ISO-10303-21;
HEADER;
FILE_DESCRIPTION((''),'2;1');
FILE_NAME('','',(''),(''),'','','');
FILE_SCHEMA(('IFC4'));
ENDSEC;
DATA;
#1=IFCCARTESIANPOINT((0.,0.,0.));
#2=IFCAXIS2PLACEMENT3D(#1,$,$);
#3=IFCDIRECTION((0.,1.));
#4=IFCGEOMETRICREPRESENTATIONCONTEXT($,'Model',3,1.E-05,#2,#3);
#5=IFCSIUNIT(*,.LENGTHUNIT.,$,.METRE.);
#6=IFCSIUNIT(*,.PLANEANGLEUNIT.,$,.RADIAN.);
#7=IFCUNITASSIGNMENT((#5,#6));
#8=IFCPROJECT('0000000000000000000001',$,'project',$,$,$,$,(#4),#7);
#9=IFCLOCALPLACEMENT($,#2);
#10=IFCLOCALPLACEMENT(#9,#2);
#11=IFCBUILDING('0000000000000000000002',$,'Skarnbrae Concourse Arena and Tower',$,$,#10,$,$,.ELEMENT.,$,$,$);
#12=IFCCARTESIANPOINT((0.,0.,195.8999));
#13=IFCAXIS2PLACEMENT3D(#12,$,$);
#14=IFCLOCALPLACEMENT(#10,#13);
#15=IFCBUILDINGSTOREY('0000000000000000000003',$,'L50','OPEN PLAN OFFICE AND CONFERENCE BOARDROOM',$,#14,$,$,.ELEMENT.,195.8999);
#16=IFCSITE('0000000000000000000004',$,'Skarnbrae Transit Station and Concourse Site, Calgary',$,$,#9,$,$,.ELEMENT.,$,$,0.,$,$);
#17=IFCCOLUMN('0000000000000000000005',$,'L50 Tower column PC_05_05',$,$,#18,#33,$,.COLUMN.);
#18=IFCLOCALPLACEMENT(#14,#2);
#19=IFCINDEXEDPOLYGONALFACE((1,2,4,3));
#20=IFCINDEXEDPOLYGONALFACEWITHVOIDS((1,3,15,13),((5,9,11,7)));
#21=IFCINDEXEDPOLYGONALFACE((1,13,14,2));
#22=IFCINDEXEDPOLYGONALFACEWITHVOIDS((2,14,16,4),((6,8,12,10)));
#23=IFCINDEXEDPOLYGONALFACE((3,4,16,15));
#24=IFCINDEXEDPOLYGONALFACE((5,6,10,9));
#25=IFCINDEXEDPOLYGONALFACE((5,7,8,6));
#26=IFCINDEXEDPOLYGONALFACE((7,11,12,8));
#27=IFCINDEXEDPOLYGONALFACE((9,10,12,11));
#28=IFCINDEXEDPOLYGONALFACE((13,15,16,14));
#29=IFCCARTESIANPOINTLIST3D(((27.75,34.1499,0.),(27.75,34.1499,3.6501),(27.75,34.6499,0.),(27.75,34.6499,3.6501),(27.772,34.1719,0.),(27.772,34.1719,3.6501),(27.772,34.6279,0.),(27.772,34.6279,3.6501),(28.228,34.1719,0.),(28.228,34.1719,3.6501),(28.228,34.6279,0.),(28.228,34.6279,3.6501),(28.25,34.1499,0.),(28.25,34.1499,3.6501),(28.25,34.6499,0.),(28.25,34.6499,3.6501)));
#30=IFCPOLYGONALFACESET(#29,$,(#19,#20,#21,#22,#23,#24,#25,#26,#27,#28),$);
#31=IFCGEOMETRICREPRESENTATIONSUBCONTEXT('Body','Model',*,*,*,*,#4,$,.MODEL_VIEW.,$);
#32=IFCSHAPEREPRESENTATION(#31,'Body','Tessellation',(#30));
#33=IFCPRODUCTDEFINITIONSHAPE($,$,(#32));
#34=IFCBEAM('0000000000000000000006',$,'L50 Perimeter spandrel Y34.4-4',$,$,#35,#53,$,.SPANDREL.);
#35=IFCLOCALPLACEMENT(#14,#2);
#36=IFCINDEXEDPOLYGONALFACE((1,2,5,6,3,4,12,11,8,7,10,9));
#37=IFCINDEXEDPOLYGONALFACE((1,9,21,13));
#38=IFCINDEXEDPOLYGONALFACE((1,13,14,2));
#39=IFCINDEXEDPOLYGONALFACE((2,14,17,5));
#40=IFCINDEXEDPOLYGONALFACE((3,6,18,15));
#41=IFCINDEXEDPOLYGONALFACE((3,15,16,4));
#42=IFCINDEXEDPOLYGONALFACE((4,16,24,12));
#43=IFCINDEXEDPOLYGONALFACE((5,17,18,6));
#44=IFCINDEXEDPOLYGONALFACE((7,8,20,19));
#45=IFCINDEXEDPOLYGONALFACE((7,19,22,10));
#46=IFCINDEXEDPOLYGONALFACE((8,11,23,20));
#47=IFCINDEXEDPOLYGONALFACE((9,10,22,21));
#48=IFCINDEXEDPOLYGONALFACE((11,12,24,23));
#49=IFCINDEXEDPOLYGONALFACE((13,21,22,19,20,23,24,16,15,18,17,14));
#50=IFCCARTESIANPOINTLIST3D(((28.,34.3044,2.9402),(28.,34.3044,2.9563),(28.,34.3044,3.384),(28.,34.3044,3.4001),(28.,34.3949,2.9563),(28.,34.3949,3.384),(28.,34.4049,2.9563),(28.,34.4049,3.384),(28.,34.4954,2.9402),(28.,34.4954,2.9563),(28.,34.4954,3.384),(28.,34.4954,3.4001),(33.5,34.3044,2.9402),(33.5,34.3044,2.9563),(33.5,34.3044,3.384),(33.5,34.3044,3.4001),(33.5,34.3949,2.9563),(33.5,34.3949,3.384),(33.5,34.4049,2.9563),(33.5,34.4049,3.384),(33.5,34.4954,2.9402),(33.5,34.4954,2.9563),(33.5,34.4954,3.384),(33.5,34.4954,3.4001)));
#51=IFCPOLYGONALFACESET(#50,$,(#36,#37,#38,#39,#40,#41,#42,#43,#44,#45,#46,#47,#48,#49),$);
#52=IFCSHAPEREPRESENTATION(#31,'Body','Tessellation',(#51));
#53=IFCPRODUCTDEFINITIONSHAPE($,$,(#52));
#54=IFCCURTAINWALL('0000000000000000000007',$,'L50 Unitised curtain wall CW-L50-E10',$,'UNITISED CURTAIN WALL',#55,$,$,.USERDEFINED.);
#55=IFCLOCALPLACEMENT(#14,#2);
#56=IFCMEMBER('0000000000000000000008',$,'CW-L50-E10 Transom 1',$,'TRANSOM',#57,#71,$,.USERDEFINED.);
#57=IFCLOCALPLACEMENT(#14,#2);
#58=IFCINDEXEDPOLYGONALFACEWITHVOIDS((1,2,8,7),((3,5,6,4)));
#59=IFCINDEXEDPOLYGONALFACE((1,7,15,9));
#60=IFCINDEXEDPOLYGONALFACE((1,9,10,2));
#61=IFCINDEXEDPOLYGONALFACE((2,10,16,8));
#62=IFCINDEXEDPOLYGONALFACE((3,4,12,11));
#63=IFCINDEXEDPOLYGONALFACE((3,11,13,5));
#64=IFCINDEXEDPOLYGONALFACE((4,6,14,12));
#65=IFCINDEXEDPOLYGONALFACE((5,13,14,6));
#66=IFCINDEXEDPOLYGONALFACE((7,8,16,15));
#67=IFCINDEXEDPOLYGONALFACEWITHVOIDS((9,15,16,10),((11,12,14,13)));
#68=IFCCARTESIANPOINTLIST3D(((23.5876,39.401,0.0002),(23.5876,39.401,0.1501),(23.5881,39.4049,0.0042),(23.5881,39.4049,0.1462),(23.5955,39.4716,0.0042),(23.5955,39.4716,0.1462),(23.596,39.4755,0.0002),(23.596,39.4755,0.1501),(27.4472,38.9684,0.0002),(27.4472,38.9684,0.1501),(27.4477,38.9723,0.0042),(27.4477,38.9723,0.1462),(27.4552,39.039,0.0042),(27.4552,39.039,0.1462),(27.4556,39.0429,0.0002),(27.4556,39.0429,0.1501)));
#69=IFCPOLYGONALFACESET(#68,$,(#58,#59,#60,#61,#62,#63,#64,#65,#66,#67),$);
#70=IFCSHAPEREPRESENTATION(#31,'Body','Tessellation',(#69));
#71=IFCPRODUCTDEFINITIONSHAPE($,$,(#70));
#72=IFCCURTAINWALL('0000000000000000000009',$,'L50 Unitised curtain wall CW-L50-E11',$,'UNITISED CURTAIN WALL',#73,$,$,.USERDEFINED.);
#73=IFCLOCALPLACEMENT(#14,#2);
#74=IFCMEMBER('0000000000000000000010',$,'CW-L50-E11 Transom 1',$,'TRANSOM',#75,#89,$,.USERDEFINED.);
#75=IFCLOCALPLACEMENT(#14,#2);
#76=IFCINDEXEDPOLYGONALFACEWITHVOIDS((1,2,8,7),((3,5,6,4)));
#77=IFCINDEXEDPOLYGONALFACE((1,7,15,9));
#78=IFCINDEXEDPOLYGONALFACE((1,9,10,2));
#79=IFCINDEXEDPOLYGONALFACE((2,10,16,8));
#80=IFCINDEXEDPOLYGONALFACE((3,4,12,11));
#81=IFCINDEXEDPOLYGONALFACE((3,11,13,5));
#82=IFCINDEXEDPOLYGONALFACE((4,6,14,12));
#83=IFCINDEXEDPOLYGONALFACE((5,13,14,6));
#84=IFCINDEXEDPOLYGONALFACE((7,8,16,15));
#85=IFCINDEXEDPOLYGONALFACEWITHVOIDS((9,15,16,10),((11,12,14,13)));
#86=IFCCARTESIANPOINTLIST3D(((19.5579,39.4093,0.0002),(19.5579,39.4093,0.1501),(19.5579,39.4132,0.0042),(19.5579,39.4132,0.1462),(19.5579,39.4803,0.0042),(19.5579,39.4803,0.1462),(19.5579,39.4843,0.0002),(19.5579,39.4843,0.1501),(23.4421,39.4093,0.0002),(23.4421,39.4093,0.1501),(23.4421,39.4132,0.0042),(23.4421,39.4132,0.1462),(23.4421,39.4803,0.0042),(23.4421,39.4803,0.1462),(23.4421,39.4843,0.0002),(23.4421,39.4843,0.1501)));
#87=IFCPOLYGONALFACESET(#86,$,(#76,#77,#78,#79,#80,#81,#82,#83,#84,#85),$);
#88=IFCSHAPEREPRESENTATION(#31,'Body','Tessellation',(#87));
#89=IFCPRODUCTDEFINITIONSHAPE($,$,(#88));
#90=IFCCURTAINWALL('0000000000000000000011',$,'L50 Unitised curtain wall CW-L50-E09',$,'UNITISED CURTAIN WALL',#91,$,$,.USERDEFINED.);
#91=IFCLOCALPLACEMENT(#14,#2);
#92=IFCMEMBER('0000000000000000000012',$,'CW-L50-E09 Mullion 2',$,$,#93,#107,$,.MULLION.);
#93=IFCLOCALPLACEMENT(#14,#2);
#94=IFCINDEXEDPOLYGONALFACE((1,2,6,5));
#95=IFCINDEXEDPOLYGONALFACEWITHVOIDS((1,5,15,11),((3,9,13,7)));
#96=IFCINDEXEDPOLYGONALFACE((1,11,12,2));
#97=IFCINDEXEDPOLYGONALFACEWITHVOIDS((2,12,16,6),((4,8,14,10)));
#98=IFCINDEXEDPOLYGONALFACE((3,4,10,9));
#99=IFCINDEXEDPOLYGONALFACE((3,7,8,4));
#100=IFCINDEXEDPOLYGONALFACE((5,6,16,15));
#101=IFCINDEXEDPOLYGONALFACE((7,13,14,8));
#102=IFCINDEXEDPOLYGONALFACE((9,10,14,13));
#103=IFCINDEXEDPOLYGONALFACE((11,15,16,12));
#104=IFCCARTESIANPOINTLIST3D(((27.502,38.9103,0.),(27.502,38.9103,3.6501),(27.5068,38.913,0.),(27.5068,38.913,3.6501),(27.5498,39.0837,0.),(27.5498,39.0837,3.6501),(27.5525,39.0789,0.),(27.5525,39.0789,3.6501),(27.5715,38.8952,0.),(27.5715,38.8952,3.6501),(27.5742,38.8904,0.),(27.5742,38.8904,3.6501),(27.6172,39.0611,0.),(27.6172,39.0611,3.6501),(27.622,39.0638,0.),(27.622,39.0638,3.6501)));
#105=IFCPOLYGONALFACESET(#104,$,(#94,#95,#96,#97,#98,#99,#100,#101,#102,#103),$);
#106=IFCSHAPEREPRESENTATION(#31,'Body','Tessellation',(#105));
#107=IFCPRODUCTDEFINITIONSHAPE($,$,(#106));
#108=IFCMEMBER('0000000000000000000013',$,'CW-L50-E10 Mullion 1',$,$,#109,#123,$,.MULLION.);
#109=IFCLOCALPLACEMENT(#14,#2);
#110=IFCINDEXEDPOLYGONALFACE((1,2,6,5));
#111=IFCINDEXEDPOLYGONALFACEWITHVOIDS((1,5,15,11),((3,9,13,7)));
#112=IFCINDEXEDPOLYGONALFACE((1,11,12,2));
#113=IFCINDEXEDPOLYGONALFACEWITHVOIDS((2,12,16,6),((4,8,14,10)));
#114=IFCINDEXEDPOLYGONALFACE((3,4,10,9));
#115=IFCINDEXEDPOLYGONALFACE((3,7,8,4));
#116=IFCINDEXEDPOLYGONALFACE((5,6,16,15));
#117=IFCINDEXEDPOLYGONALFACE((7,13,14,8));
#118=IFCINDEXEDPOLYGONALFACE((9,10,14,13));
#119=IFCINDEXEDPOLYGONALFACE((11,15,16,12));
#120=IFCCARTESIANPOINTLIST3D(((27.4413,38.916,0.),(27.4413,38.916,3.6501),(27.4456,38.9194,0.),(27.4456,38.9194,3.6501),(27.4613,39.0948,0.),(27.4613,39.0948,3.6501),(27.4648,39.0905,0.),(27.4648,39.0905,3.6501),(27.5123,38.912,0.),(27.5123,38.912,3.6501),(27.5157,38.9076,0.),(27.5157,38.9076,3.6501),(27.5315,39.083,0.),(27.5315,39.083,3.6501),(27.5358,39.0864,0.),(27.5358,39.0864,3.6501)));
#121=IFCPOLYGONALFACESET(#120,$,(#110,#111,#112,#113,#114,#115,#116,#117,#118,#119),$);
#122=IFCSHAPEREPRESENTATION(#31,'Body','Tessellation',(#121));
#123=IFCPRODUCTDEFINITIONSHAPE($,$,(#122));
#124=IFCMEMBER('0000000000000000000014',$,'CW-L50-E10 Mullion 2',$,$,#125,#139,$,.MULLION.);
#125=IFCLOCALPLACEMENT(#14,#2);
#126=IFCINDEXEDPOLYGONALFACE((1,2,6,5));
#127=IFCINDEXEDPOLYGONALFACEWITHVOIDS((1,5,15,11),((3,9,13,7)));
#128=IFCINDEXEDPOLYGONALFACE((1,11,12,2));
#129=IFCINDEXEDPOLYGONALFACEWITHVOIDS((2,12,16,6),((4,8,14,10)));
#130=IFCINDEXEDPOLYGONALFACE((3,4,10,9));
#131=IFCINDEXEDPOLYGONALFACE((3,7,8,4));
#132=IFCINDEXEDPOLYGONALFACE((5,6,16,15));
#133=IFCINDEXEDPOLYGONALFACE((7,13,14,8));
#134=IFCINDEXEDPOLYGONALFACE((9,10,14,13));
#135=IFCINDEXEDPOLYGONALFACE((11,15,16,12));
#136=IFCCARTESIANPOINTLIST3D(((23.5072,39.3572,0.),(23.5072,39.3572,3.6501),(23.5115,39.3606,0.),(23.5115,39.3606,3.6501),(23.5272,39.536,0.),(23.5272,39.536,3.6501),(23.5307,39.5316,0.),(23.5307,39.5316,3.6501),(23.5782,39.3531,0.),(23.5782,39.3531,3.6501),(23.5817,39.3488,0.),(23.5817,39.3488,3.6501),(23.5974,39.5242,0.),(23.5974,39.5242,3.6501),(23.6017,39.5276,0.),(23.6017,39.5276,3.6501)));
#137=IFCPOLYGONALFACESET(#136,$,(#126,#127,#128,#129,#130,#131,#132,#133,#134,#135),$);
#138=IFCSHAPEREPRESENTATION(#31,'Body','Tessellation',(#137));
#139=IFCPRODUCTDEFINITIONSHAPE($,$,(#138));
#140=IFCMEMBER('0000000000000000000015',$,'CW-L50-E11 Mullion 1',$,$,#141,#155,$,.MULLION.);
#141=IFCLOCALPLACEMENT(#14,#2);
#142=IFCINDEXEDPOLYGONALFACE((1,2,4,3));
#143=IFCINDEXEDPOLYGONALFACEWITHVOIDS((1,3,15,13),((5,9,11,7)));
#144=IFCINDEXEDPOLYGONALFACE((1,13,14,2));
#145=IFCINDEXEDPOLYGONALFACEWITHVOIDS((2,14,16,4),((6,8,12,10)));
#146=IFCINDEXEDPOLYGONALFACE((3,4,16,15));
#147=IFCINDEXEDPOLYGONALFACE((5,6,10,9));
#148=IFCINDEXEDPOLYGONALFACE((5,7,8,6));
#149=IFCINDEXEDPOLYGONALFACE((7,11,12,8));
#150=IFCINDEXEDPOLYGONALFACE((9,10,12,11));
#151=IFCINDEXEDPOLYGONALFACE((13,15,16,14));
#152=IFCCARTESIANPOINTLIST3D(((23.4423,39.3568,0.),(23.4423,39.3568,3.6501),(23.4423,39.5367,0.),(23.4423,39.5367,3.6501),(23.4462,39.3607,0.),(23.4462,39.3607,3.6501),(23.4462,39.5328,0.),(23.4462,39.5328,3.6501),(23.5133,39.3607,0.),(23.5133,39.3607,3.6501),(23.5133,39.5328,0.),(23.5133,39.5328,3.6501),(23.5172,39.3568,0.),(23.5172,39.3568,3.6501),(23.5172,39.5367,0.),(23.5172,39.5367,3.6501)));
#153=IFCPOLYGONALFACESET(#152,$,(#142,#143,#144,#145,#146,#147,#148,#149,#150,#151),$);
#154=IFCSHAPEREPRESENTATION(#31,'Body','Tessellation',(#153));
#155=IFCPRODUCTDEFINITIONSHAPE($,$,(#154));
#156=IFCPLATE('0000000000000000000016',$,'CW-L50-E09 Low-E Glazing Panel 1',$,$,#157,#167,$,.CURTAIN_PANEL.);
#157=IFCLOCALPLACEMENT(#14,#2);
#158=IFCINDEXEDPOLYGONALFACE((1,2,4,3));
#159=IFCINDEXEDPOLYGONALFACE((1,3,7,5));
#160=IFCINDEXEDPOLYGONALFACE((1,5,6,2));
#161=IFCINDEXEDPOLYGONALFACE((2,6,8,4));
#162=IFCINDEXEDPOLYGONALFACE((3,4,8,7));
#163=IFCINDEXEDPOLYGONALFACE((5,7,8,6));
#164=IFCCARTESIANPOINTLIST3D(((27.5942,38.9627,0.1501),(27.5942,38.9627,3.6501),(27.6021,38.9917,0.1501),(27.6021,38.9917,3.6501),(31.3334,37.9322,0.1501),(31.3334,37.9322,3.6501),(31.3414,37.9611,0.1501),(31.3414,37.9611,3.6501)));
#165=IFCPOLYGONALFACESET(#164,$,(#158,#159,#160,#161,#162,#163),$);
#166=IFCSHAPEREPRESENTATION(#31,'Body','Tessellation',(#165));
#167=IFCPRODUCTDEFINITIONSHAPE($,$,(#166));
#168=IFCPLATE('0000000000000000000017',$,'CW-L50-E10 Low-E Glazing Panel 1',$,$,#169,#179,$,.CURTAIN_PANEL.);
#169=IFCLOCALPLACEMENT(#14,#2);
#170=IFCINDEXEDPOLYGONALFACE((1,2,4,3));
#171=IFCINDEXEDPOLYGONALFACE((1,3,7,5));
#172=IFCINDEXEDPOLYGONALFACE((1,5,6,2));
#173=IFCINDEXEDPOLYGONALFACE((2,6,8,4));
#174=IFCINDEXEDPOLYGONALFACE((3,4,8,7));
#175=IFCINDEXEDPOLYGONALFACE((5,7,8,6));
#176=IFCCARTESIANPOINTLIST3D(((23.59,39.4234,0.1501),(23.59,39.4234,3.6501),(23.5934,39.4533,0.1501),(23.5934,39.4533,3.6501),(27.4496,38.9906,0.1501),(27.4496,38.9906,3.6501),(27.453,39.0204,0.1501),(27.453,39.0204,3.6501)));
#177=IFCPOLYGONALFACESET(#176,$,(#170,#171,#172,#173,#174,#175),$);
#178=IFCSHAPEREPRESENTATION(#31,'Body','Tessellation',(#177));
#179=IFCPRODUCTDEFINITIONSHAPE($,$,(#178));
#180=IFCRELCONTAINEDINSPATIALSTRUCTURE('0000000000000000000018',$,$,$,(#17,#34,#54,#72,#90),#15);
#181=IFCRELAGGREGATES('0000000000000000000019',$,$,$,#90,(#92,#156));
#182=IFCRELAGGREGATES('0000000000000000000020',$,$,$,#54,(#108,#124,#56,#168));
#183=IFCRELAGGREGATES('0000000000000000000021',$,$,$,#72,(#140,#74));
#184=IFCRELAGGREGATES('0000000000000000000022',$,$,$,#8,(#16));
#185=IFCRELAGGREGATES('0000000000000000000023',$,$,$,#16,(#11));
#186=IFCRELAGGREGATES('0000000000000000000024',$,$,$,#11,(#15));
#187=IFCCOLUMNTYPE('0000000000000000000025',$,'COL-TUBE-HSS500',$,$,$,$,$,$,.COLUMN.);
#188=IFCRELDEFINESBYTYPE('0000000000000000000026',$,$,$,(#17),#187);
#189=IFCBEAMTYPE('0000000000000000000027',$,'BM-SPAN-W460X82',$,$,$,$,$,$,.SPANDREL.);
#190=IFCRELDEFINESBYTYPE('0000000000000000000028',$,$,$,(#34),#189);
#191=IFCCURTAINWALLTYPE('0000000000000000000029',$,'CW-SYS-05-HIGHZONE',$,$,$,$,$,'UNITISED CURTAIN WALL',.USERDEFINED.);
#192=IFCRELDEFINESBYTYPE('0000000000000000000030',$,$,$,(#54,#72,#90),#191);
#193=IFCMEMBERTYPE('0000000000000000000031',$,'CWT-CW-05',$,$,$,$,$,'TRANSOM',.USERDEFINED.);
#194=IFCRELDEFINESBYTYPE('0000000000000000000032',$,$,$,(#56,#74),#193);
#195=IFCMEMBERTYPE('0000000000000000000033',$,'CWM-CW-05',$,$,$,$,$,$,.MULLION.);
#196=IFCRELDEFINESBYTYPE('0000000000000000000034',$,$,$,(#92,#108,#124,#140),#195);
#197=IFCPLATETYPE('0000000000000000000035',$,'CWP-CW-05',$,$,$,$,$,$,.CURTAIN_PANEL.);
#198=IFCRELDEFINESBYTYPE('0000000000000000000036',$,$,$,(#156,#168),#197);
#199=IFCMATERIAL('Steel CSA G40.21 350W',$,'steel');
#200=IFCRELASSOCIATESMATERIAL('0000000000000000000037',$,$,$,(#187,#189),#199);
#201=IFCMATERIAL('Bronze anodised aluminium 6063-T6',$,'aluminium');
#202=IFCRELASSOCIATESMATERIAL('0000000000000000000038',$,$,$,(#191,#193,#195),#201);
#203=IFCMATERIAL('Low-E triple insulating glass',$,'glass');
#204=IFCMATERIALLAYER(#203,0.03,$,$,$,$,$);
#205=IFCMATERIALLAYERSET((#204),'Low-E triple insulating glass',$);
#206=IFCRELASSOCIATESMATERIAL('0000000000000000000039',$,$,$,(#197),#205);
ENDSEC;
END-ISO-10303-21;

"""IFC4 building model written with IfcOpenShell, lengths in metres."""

from ifc_helpers import new_model, si_unit, direction, frame, origin, origin_2d, place, context, subcontext, project, spatial, rectangle, hollow_rectangle, i_section, extrude, source, transform, mapped, material, layer, layer_set, material_profile, profile_set, type_object, element, aggregate, save


model = new_model("IFC4")

# Units and contexts
model_context = context("Model", 3, precision=1e-05, world=origin(), true_north=direction((0.0, 1.0)))
body_context = subcontext(model_context, "Body", "Model", "MODEL_VIEW")
ifc_project = project(units=[si_unit("LENGTHUNIT", "METRE"), si_unit("PLANEANGLEUNIT", "RADIAN")], contexts=[model_context])

# Site, building, storey
site_placement = place(None, origin())
site = spatial("IfcSite", under=ifc_project, at=site_placement, Name="Skarnbrae Transit Station and Concourse Site, Calgary", CompositionType="ELEMENT", RefElevation=0.0)
building_placement = place(site_placement, origin())
building = spatial("IfcBuilding", under=site, at=building_placement, Name="Skarnbrae Concourse Arena and Tower", CompositionType="ELEMENT")
storey_placement = place(building_placement, frame((0.0, 0.0, 195.8999)))
storey = spatial("IfcBuildingStorey", under=building, at=storey_placement, Name="L50", Description="OPEN PLAN OFFICE AND CONFERENCE BOARDROOM", CompositionType="ELEMENT", Elevation=195.8999)

# Column
ifc_material_1 = material(Name="Steel CSA G40.21 350W", Category="steel")
ifc_material_profile_1 = material_profile(ifc_material_1, hollow_rectangle(XDim=0.5, YDim=0.5, WallThickness=0.022, at=origin_2d()), Name="HSS500X500X22.0")
ifc_profile_set_1 = profile_set([ifc_material_profile_1], Name="Steel CSA G40.21 350W")
column_type = type_object("IfcColumnType", Name="COL-TUBE-HSS500", PredefinedType="COLUMN", material=ifc_profile_set_1)
shared_shape_1 = source(origin(), body_context, "Body", "SweptSolid", [
    extrude(hollow_rectangle(XDim=0.5, YDim=0.5, WallThickness=0.022, at=origin_2d()), origin(), (0.0, 0.0, 1.0), 3.6501),
])
column_placement = place(storey_placement, frame((28.0, 34.3999, 0.0), z_axis=(0.0, 0.0, 1.0), x_axis=(1.0, 0.0, 0.0)))
element("IfcColumn", 1, at=column_placement, inside=storey, type_object=column_type, Name="L50 Tower column PC_05_05", PredefinedType="COLUMN", context=body_context, shape_type="MappedRepresentation", body=[
    mapped(shared_shape_1, transform((0.0, 0.0, 0.0))),
])

# Beam
ifc_material_profile_2 = material_profile(ifc_material_1, i_section(OverallWidth=0.1909, OverallDepth=0.46, WebThickness=0.01, FlangeThickness=0.0161, at=origin_2d()), Name="W460X82")
ifc_profile_set_2 = profile_set([ifc_material_profile_2], Name="Steel CSA G40.21 350W")
beam_type = type_object("IfcBeamType", Name="BM-SPAN-W460X82", PredefinedType="SPANDREL", material=ifc_profile_set_2)
shared_shape_2 = source(origin(), body_context, "Body", "SweptSolid", [
    extrude(i_section(OverallWidth=0.1909, OverallDepth=0.46, WebThickness=0.01, FlangeThickness=0.0161, at=origin_2d()), origin(), (0.0, 0.0, 1.0), 5.5),
])
beam_placement = place(storey_placement, frame((28.0, 34.3999, 3.1702), z_axis=(1.0, 0.0, 0.0), x_axis=(0.0, 1.0, 0.0)))
element("IfcBeam", 2, at=beam_placement, inside=storey, type_object=beam_type, Name="L50 Perimeter spandrel Y34.4-4", PredefinedType="SPANDREL", context=body_context, shape_type="MappedRepresentation", body=[
    mapped(shared_shape_2, transform((0.0, 0.0, 0.0))),
])

# Curtain walls, members
ifc_material_2 = material(Name="Bronze anodised aluminium 6063-T6", Category="aluminium")
curtain_wall_type = type_object("IfcCurtainWallType", Name="CW-SYS-05-HIGHZONE", ElementType="UNITISED CURTAIN WALL", PredefinedType="USERDEFINED", material=ifc_material_2)
curtain_wall_1_placement = place(storey_placement, origin())
curtain_wall_1 = element("IfcCurtainWall", 3, at=curtain_wall_1_placement, inside=storey, type_object=curtain_wall_type, Name="L50 Unitised curtain wall CW-L50-E10", ObjectType="UNITISED CURTAIN WALL", PredefinedType="USERDEFINED")
ifc_material_profile_3 = material_profile(ifc_material_2, hollow_rectangle(XDim=0.075, YDim=0.1499, WallThickness=0.0039, at=origin_2d()), Name="ALU-TRAN-75X150")
ifc_profile_set_3 = profile_set([ifc_material_profile_3], Name="Bronze anodised aluminium 6063-T6")
member_type_1 = type_object("IfcMemberType", Name="CWT-CW-05", ElementType="TRANSOM", PredefinedType="USERDEFINED", material=ifc_profile_set_3)
shared_shape_3 = source(origin(), body_context, "Body", "SweptSolid", [
    extrude(hollow_rectangle(XDim=0.075, YDim=0.1499, WallThickness=0.0039, at=origin_2d()), origin(), (0.0, 0.0, 1.0), 3.8838),
])
member_1_placement = place(storey_placement, frame((27.4514, 39.0056, 0.0752), z_axis=(-0.993777, 0.11139, 0.0), x_axis=(-0.11139, -0.993777, 0.0)))
member_1 = element("IfcMember", 4, at=member_1_placement, type_object=member_type_1, Name="CW-L50-E10 Transom 1", ObjectType="TRANSOM", PredefinedType="USERDEFINED", context=body_context, shape_type="MappedRepresentation", body=[
    mapped(shared_shape_3, transform((0.0, 0.0, 0.0))),
])
curtain_wall_2_placement = place(storey_placement, origin())
curtain_wall_2 = element("IfcCurtainWall", 5, at=curtain_wall_2_placement, inside=storey, type_object=curtain_wall_type, Name="L50 Unitised curtain wall CW-L50-E11", ObjectType="UNITISED CURTAIN WALL", PredefinedType="USERDEFINED")
shared_shape_4 = source(origin(), body_context, "Body", "SweptSolid", [
    extrude(hollow_rectangle(XDim=0.075, YDim=0.1499, WallThickness=0.0039, at=origin_2d()), origin(), (0.0, 0.0, 1.0), 3.8843),
])
member_2_placement = place(storey_placement, frame((23.4421, 39.4468, 0.0752), z_axis=(-1.0, 0.0, 0.0), x_axis=(0.0, -1.0, 0.0)))
member_2 = element("IfcMember", 6, at=member_2_placement, type_object=member_type_1, Name="CW-L50-E11 Transom 1", ObjectType="TRANSOM", PredefinedType="USERDEFINED", context=body_context, shape_type="MappedRepresentation", body=[
    mapped(shared_shape_4, transform((0.0, 0.0, 0.0))),
])
curtain_wall_3_placement = place(storey_placement, origin())
curtain_wall_3 = element("IfcCurtainWall", 7, at=curtain_wall_3_placement, inside=storey, type_object=curtain_wall_type, Name="L50 Unitised curtain wall CW-L50-E09", ObjectType="UNITISED CURTAIN WALL", PredefinedType="USERDEFINED")
ifc_material_profile_4 = material_profile(ifc_material_2, hollow_rectangle(XDim=0.075, YDim=0.1799, WallThickness=0.0039, at=origin_2d()), Name="ALU-MULL-75X180")
ifc_profile_set_4 = profile_set([ifc_material_profile_4], Name="Bronze anodised aluminium 6063-T6")
member_type_2 = type_object("IfcMemberType", Name="CWM-CW-05", PredefinedType="MULLION", material=ifc_profile_set_4)
shared_shape_5 = source(origin(), body_context, "Body", "SweptSolid", [
    extrude(hollow_rectangle(XDim=0.075, YDim=0.1799, WallThickness=0.0039, at=origin_2d()), origin(), (0.0, 0.0, 1.0), 3.6501),
])
member_3_placement = place(storey_placement, frame((27.562, 38.9871, 0.0), z_axis=(0.0, 0.0, 1.0), x_axis=(-0.964057, 0.265694, 0.0)))
member_3 = element("IfcMember", 8, at=member_3_placement, type_object=member_type_2, Name="CW-L50-E09 Mullion 2", PredefinedType="MULLION", context=body_context, shape_type="MappedRepresentation", body=[
    mapped(shared_shape_5, transform((0.0, 0.0, 0.0))),
])

# Members
member_4_placement = place(storey_placement, frame((27.4885, 39.0012, 0.0), z_axis=(0.0, 0.0, 1.0), x_axis=(-0.993769, 0.11146, 0.0)))
member_4 = element("IfcMember", 9, at=member_4_placement, type_object=member_type_2, Name="CW-L50-E10 Mullion 1", PredefinedType="MULLION", context=body_context, shape_type="MappedRepresentation", body=[
    mapped(shared_shape_5, transform((0.0, 0.0, 0.0))),
])
member_5_placement = place(storey_placement, frame((23.5544, 39.4424, 0.0), z_axis=(0.0, 0.0, 1.0), x_axis=(-0.993769, 0.11146, 0.0)))
member_5 = element("IfcMember", 10, at=member_5_placement, type_object=member_type_2, Name="CW-L50-E10 Mullion 2", PredefinedType="MULLION", context=body_context, shape_type="MappedRepresentation", body=[
    mapped(shared_shape_5, transform((0.0, 0.0, 0.0))),
])
member_6_placement = place(storey_placement, frame((23.4797, 39.4468, 0.0), z_axis=(0.0, 0.0, 1.0), x_axis=(-1.0, 0.0, 0.0)))
member_6 = element("IfcMember", 11, at=member_6_placement, type_object=member_type_2, Name="CW-L50-E11 Mullion 1", PredefinedType="MULLION", context=body_context, shape_type="MappedRepresentation", body=[
    mapped(shared_shape_5, transform((0.0, 0.0, 0.0))),
])

# Plates
ifc_material_3 = material(Name="Low-E triple insulating glass", Category="glass")
ifc_layer_1 = layer(ifc_material_3, 0.03)
ifc_layer_set_1 = layer_set([ifc_layer_1], Name="Low-E triple insulating glass")
plate_type = type_object("IfcPlateType", Name="CWP-CW-05", PredefinedType="CURTAIN_PANEL", material=ifc_layer_set_1)
shared_shape_6 = source(origin(), body_context, "Body", "SweptSolid", [
    extrude(rectangle(XDim=3.8787, YDim=0.03, at=origin_2d()), origin(), (0.0, 0.0, 1.0), 3.5),
])
plate_1_placement = place(storey_placement, frame((29.4678, 38.4619, 0.1501), z_axis=(0.0, 0.0, 1.0), x_axis=(-0.964057, 0.265694, 0.0)))
plate_1 = element("IfcPlate", 12, at=plate_1_placement, type_object=plate_type, Name="CW-L50-E09 Low-E Glazing Panel 1", PredefinedType="CURTAIN_PANEL", context=body_context, shape_type="MappedRepresentation", body=[
    mapped(shared_shape_6, transform((0.0, 0.0, 0.0))),
])
aggregate(curtain_wall_3, [member_3, plate_1])
shared_shape_7 = source(origin(), body_context, "Body", "SweptSolid", [
    extrude(rectangle(XDim=3.8838, YDim=0.03, at=origin_2d()), origin(), (0.0, 0.0, 1.0), 3.5),
])
plate_2_placement = place(storey_placement, frame((25.5215, 39.2219, 0.1501), z_axis=(0.0, 0.0, 1.0), x_axis=(-0.993769, 0.11146, 0.0)))
plate_2 = element("IfcPlate", 13, at=plate_2_placement, type_object=plate_type, Name="CW-L50-E10 Low-E Glazing Panel 1", PredefinedType="CURTAIN_PANEL", context=body_context, shape_type="MappedRepresentation", body=[
    mapped(shared_shape_7, transform((0.0, 0.0, 0.0))),
])
aggregate(curtain_wall_1, [member_4, member_5, member_1, plate_2])
aggregate(curtain_wall_2, [member_6, member_2])

save(model, "model.ifc")
